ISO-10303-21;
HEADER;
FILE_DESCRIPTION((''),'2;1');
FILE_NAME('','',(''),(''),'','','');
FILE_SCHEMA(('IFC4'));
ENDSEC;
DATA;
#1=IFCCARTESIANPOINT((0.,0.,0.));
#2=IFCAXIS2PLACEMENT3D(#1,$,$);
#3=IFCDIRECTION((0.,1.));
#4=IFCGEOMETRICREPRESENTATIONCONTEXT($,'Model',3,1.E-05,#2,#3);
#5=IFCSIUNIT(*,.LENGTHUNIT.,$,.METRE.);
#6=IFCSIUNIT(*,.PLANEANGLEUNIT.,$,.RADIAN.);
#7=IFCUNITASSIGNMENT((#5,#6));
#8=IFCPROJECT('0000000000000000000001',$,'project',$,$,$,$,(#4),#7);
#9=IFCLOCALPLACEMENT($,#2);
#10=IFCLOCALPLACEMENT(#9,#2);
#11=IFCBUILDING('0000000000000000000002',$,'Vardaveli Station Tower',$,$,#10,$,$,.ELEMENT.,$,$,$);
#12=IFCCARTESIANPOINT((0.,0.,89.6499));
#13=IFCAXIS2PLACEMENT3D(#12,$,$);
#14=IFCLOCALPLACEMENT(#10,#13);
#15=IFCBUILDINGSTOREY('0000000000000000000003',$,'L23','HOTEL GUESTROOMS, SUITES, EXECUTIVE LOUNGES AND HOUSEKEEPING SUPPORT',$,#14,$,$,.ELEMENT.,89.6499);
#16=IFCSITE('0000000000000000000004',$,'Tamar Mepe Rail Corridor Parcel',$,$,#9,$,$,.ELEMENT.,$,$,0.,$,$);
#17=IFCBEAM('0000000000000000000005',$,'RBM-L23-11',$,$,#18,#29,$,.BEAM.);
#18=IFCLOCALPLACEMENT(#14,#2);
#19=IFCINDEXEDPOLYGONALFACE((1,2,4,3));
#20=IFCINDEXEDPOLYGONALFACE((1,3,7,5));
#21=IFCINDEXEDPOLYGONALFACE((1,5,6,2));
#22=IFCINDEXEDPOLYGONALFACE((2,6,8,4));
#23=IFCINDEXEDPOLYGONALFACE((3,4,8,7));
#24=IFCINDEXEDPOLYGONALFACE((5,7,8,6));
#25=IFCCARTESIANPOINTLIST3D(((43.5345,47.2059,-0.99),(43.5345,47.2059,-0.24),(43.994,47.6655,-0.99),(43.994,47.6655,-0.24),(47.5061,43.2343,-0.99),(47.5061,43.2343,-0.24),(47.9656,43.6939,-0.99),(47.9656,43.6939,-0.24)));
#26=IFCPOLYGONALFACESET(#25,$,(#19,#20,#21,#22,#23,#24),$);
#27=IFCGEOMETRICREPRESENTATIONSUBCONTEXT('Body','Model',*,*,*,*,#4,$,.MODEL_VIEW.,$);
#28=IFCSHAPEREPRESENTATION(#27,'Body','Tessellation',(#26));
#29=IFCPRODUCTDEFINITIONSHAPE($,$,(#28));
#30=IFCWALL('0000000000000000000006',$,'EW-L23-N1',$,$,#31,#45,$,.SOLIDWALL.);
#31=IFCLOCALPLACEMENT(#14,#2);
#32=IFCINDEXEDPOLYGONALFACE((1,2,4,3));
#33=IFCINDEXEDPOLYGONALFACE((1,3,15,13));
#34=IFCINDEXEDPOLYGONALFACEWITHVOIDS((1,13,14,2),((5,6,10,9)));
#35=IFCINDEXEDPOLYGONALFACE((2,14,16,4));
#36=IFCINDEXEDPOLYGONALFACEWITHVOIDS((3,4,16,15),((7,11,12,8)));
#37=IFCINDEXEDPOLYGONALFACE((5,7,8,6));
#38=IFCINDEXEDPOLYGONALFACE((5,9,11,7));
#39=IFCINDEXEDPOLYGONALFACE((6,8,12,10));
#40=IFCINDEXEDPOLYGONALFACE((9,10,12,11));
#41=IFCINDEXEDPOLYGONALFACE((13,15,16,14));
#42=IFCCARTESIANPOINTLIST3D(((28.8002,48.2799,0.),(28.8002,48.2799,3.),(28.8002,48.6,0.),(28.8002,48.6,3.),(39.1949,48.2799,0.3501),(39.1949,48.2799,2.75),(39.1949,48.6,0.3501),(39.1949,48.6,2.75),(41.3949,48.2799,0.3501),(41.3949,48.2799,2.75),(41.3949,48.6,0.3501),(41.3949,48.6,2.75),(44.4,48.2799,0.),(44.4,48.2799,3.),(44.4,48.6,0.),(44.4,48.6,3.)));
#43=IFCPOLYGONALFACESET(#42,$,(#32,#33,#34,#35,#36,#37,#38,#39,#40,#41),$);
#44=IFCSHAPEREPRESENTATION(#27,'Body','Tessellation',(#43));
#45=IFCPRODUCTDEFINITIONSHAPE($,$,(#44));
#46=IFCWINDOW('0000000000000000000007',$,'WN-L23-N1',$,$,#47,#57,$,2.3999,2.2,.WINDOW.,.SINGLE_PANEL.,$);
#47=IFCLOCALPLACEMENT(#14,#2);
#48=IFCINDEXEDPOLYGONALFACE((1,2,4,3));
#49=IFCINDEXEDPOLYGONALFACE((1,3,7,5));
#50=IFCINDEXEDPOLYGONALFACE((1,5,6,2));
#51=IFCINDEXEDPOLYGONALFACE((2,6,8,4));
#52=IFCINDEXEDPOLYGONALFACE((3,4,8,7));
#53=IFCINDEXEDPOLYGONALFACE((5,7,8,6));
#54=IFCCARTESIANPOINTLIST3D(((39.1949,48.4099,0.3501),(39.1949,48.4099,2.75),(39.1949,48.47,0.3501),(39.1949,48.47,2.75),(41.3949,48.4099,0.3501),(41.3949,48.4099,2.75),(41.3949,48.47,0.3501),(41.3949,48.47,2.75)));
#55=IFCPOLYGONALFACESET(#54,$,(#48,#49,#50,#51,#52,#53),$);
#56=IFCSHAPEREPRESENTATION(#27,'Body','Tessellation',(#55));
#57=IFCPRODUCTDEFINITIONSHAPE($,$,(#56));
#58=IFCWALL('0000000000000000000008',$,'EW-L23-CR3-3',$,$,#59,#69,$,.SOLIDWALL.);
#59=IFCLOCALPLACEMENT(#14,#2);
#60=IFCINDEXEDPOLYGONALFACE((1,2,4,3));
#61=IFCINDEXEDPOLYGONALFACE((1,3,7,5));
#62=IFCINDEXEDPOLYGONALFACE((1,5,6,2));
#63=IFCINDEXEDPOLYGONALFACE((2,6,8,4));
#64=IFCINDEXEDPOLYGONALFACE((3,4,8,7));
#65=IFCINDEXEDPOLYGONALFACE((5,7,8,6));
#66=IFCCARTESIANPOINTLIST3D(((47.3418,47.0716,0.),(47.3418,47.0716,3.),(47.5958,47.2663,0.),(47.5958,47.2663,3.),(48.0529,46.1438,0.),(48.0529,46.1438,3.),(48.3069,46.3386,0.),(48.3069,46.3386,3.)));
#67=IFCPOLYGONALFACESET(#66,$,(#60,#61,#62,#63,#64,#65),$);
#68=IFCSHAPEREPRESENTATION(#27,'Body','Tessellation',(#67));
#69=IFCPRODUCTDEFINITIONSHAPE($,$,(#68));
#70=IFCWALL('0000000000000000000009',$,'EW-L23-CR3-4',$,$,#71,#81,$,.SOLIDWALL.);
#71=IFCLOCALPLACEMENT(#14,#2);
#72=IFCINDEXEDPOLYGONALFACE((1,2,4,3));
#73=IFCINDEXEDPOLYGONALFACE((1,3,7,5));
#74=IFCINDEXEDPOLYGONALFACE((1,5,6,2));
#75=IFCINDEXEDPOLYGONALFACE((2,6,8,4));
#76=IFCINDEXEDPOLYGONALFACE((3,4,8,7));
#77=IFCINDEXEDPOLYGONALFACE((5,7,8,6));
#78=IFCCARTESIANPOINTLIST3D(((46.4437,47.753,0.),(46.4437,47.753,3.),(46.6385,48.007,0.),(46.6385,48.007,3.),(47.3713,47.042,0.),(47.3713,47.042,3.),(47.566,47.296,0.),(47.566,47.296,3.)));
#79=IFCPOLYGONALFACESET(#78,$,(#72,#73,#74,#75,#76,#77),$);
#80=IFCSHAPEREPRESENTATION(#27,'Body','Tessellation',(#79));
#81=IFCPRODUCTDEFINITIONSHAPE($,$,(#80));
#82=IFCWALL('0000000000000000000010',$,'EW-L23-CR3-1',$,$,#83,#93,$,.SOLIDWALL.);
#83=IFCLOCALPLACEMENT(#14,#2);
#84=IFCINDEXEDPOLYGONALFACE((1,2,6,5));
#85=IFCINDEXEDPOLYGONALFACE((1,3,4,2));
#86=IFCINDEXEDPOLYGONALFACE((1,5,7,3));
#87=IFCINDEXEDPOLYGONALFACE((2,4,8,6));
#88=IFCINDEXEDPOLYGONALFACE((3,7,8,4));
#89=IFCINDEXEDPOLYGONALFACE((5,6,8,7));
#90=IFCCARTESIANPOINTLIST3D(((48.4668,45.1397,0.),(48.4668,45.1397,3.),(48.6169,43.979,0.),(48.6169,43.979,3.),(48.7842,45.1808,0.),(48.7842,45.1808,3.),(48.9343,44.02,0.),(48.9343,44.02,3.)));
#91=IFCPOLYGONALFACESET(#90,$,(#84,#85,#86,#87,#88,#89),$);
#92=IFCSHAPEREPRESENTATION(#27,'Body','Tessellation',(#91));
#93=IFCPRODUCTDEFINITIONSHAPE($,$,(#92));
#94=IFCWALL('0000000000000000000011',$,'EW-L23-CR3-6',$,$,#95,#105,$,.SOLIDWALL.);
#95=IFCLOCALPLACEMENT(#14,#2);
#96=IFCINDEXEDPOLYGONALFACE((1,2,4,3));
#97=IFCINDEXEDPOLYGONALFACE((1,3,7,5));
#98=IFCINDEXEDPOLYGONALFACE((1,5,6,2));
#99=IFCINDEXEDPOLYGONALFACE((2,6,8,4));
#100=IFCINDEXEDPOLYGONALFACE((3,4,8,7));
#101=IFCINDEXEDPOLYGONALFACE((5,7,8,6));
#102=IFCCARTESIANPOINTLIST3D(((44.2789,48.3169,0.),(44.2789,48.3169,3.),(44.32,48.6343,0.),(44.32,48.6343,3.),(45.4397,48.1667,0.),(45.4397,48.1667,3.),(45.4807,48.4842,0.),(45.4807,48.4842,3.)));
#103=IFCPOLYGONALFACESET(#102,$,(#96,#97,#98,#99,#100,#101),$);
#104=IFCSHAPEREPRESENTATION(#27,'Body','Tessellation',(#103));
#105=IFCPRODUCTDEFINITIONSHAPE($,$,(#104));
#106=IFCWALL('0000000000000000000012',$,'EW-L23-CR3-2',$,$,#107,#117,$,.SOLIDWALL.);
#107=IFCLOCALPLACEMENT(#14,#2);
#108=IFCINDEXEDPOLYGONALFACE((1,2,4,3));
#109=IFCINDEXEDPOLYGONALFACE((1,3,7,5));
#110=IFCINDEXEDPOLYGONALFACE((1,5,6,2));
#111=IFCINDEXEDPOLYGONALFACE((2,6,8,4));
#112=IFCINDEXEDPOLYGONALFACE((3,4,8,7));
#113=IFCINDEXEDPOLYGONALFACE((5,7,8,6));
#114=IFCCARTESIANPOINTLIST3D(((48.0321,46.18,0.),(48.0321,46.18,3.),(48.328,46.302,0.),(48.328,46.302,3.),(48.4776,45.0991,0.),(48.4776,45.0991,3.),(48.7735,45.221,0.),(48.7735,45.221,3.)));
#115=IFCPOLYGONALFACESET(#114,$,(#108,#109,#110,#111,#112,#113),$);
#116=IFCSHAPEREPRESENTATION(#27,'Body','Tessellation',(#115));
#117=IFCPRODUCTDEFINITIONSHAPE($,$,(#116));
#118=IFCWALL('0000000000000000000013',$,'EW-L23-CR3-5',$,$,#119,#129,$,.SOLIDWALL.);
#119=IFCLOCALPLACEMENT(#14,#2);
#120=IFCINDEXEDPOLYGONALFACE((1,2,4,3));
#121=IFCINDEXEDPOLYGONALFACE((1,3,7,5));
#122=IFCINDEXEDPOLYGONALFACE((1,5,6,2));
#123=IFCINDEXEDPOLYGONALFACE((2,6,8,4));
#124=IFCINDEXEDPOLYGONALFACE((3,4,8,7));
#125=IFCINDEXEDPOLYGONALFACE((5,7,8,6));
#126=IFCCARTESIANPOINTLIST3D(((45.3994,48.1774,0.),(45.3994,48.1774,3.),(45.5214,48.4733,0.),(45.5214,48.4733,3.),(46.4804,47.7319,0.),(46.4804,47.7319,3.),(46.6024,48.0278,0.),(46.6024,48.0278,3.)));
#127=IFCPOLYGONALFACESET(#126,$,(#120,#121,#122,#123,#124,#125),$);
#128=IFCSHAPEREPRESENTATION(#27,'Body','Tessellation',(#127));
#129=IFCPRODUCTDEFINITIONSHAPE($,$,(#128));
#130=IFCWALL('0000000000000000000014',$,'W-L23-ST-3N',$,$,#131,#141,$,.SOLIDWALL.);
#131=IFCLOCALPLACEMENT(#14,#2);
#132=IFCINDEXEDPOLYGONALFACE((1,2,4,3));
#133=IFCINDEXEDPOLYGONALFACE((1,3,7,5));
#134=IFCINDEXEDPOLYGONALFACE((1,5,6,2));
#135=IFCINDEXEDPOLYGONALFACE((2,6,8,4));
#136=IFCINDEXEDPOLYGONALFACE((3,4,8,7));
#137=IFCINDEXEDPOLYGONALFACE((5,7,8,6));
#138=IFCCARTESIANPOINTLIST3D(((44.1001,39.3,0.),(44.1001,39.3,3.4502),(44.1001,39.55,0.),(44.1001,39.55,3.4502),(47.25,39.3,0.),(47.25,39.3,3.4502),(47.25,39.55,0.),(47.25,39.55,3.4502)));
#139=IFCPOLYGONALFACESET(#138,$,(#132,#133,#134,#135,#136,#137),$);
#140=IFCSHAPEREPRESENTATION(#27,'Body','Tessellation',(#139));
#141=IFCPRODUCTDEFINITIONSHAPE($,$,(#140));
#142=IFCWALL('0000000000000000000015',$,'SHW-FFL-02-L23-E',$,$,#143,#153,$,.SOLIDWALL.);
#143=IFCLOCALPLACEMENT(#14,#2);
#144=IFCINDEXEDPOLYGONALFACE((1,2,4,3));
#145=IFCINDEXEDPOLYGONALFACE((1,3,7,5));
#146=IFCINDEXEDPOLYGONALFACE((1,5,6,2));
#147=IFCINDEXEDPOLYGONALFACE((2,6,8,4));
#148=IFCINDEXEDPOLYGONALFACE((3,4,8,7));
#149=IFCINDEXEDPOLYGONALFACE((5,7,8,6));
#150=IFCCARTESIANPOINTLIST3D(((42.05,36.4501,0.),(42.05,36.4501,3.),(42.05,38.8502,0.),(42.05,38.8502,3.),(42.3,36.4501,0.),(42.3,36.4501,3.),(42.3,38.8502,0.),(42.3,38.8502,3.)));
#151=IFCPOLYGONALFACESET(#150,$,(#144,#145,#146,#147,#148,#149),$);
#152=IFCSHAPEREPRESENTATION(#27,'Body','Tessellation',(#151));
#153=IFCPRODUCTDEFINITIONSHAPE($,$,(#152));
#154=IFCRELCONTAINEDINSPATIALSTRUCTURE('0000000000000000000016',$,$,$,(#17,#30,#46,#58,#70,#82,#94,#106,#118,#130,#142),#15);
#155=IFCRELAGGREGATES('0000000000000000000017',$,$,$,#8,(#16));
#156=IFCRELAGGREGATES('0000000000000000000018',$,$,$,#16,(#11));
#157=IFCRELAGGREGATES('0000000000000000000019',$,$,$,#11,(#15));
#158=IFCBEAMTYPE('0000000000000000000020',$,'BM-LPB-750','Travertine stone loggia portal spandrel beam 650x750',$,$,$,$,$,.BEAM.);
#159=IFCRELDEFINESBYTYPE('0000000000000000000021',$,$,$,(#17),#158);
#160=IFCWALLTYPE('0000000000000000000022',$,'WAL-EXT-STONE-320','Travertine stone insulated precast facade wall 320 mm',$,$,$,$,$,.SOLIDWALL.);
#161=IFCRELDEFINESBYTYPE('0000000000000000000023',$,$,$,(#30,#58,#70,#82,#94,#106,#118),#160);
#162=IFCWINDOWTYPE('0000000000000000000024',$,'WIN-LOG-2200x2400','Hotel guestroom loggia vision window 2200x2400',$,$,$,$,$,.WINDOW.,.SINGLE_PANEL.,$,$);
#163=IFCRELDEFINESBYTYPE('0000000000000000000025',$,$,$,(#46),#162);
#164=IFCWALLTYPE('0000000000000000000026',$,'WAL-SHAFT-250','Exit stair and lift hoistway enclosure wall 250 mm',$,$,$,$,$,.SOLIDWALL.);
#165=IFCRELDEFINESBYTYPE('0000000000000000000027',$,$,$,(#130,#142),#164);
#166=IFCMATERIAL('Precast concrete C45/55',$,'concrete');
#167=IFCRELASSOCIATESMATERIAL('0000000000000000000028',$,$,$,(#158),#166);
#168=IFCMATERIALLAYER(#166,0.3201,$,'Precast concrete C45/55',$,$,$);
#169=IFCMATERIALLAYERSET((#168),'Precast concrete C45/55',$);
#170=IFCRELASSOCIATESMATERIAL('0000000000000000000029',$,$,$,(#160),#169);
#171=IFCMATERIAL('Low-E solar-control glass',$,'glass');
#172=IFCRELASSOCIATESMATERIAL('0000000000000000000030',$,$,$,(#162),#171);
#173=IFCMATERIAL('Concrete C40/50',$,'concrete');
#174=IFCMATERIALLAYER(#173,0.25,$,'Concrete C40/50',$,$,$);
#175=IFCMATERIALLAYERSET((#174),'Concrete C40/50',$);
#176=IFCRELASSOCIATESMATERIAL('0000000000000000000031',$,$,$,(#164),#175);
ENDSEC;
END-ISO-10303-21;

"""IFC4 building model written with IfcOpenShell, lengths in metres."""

from ifc_helpers import new_model, si_unit, direction, frame, frame_2d, origin, origin_2d, place, context, subcontext, project, spatial, rectangle, extrude, source, transform, mapped, material, layer, layer_set, material_profile, profile_set, type_object, element, fill, save


model = new_model("IFC4")

# Units and contexts
model_context = context("Model", 3, precision=1e-05, world=origin(), true_north=direction((0.0, 1.0)))
body_context = subcontext(model_context, "Body", "Model", "MODEL_VIEW")
ifc_project = project(units=[si_unit("LENGTHUNIT", "METRE"), si_unit("PLANEANGLEUNIT", "RADIAN")], contexts=[model_context])

# Site, building, storey
site_placement = place(None, origin())
site = spatial("IfcSite", under=ifc_project, at=site_placement, Name="Tamar Mepe Rail Corridor Parcel", CompositionType="ELEMENT", RefElevation=0.0)
building_placement = place(site_placement, origin())
building = spatial("IfcBuilding", under=site, at=building_placement, Name="Vardaveli Station Tower", CompositionType="ELEMENT")
storey_placement = place(building_placement, frame((0.0, 0.0, 89.6499)))
storey = spatial("IfcBuildingStorey", under=building, at=storey_placement, Name="L23", Description="HOTEL GUESTROOMS, SUITES, EXECUTIVE LOUNGES AND HOUSEKEEPING SUPPORT", CompositionType="ELEMENT", Elevation=89.6499)

# Beam
ifc_material_1 = material(Name="Precast concrete C45/55", Category="concrete")
ifc_material_profile_1 = material_profile(ifc_material_1, rectangle(XDim=0.6499, YDim=0.75, at=origin_2d()), Name="LPB 650x750")
ifc_profile_set_1 = profile_set([ifc_material_profile_1], Name="Precast concrete C45/55")
beam_type = type_object("IfcBeamType", Name="BM-LPB-750", Description="Travertine stone loggia portal spandrel beam 650x750", PredefinedType="BEAM", material=ifc_profile_set_1)
shared_shape_1 = source(origin(), body_context, "Body", "SweptSolid", [
    extrude(rectangle(XDim=0.6499, YDim=0.75, at=origin_2d()), origin(), (0.0, 0.0, 1.0), 5.6167),
])
beam_placement = place(storey_placement, frame((47.7358, 43.4641, -0.615), z_axis=(-0.707107, 0.707107, 0.0), x_axis=(-0.707107, -0.707107, 0.0)))
element("IfcBeam", 1, at=beam_placement, inside=storey, type_object=beam_type, Name="RBM-L23-11", PredefinedType="BEAM", context=body_context, shape_type="MappedRepresentation", body=[
    mapped(shared_shape_1, transform((0.0, 0.0, 0.0), scale=1.0)),
])

# Wall, opening, window
ifc_layer_1 = layer(ifc_material_1, 0.3201, Name="Precast concrete C45/55")
ifc_layer_set_1 = layer_set([ifc_layer_1], Name="Precast concrete C45/55")
wall_type_1 = type_object("IfcWallType", Name="WAL-EXT-STONE-320", Description="Travertine stone insulated precast facade wall 320 mm", PredefinedType="SOLIDWALL", material=ifc_layer_set_1)
shared_shape_2 = source(origin(), body_context, "Body", "SweptSolid", [
    extrude(rectangle(XDim=15.5999, YDim=0.3201, at=frame_2d((7.7998, 0.0))), origin(), (0.0, 0.0, 1.0), 3.0),
])
wall_1_placement = place(storey_placement, frame((44.3999, 48.4399, 0.0), z_axis=(0.0, 0.0, 1.0), x_axis=(-1.0, 0.0, 0.0)))
wall_1 = element("IfcWall", 2, at=wall_1_placement, inside=storey, type_object=wall_type_1, Name="EW-L23-N1", PredefinedType="SOLIDWALL", context=body_context, shape_type="MappedRepresentation", body=[
    mapped(shared_shape_2, transform((0.0, 0.0, 0.0), scale=1.0)),
])
shared_shape_3 = source(origin(), body_context, "Body", "SweptSolid", [
    extrude(rectangle(XDim=2.2, YDim=2.3999, at=frame_2d((1.1001, 1.2))), frame((0.0, 0.1699, 0.0), z_axis=(0.0, -1.0, 0.0), x_axis=(1.0, 0.0, 0.0)), (0.0, 0.0, 1.0), 0.3401),
])
opening_placement = place(wall_1_placement, frame((3.0049, 0.0, 0.3501)))
opening = element("IfcOpeningElement", 3, at=opening_placement, cuts=wall_1, PredefinedType="OPENING", context=body_context, shape_type="MappedRepresentation", body=[
    mapped(shared_shape_3, transform((0.0, 0.0, 0.0), scale=1.0)),
])
ifc_material_2 = material(Name="Low-E solar-control glass", Category="glass")
window_type = type_object("IfcWindowType", Name="WIN-LOG-2200x2400", Description="Hotel guestroom loggia vision window 2200x2400", PartitioningType="SINGLE_PANEL", PredefinedType="WINDOW", material=ifc_material_2)
shared_shape_4 = source(origin(), body_context, "Body", "SweptSolid", [
    extrude(rectangle(XDim=2.2, YDim=2.3999, at=frame_2d((1.1001, 1.2))), frame((0.0, 0.03, 0.0), z_axis=(0.0, -1.0, 0.0), x_axis=(1.0, 0.0, 0.0)), (0.0, 0.0, 1.0), 0.0601),
])
window_placement = place(opening_placement, origin())
window = element("IfcWindow", 4, at=window_placement, inside=storey, type_object=window_type, Name="WN-L23-N1", OverallHeight=2.3999, OverallWidth=2.2, PartitioningType="SINGLE_PANEL", PredefinedType="WINDOW", context=body_context, shape_type="MappedRepresentation", body=[
    mapped(shared_shape_4, transform((0.0, 0.0, 0.0), scale=1.0)),
])
fill(opening, window)

# Walls
shared_shape_5 = source(origin(), body_context, "Body", "SweptSolid", [
    extrude(rectangle(XDim=1.1689, YDim=0.3201, at=frame_2d((0.5845, 0.0))), origin(), (0.0, 0.0, 1.0), 3.0),
])
wall_2_placement = place(storey_placement, frame((48.1799, 46.2412, 0.0), z_axis=(0.0, 0.0, 1.0), x_axis=(-0.608388, 0.79364, 0.0)))
element("IfcWall", 5, at=wall_2_placement, inside=storey, type_object=wall_type_1, Name="EW-L23-CR3-3", PredefinedType="SOLIDWALL", context=body_context, shape_type="MappedRepresentation", body=[
    mapped(shared_shape_5, transform((0.0, 0.0, 0.0), scale=1.0)),
])
shared_shape_6 = source(origin(), body_context, "Body", "SweptSolid", [
    extrude(rectangle(XDim=1.1687, YDim=0.3201, at=frame_2d((0.5845, 0.0))), origin(), (0.0, 0.0, 1.0), 3.0),
])
wall_3_placement = place(storey_placement, frame((47.4688, 47.1689, 0.0), z_axis=(0.0, 0.0, 1.0), x_axis=(-0.793664, 0.608357, 0.0)))
element("IfcWall", 6, at=wall_3_placement, inside=storey, type_object=wall_type_1, Name="EW-L23-CR3-4", PredefinedType="SOLIDWALL", context=body_context, shape_type="MappedRepresentation", body=[
    mapped(shared_shape_6, transform((0.0, 0.0, 0.0), scale=1.0)),
])
shared_shape_7 = source(origin(), body_context, "Body", "SweptSolid", [
    extrude(rectangle(XDim=1.1704, YDim=0.3201, at=frame_2d((0.5852, 0.0))), origin(), (0.0, 0.0, 1.0), 3.0),
])
for number, where, z_axis, x_axis, name in (
    (7, (48.7756, 43.9995, 0.0), (0.0, 0.0, 1.0), (-0.128296, 0.991736, 0.0), "EW-L23-CR3-1"),
    (8, (45.4602, 48.3254, 0.0), (0.0, 0.0, 1.0), (-0.991736, 0.128296, 0.0), "EW-L23-CR3-6"),
):
    element("IfcWall", number, at=place(storey_placement, frame(where, z_axis=z_axis, x_axis=x_axis)), inside=storey, type_object=wall_type_1, Name=name, PredefinedType="SOLIDWALL", context=body_context, shape_type="MappedRepresentation", body=[
        mapped(shared_shape_7, transform((0.0, 0.0, 0.0), scale=1.0)),
    ])
shared_shape_8 = source(origin(), body_context, "Body", "SweptSolid", [
    extrude(rectangle(XDim=1.1692, YDim=0.3201, at=frame_2d((0.5845, 0.0))), origin(), (0.0, 0.0, 1.0), 3.0),
])
for number, where, z_axis, x_axis, name in (
    (9, (48.6255, 45.1602, 0.0), (0.0, 0.0, 1.0), (-0.381054, 0.924553, 0.0), "EW-L23-CR3-2"),
    (10, (46.5413, 47.8799, 0.0), (0.0, 0.0, 1.0), (-0.924553, 0.381054, 0.0), "EW-L23-CR3-5"),
):
    element("IfcWall", number, at=place(storey_placement, frame(where, z_axis=z_axis, x_axis=x_axis)), inside=storey, type_object=wall_type_1, Name=name, PredefinedType="SOLIDWALL", context=body_context, shape_type="MappedRepresentation", body=[
        mapped(shared_shape_8, transform((0.0, 0.0, 0.0), scale=1.0)),
    ])
ifc_material_3 = material(Name="Concrete C40/50", Category="concrete")
ifc_layer_2 = layer(ifc_material_3, 0.25, Name="Concrete C40/50")
ifc_layer_set_2 = layer_set([ifc_layer_2], Name="Concrete C40/50")
wall_type_2 = type_object("IfcWallType", Name="WAL-SHAFT-250", Description="Exit stair and lift hoistway enclosure wall 250 mm", PredefinedType="SOLIDWALL", material=ifc_layer_set_2)
shared_shape_9 = source(origin(), body_context, "Body", "SweptSolid", [
    extrude(rectangle(XDim=3.1499, YDim=0.25, at=frame_2d((1.575, 0.0))), origin(), (0.0, 0.0, 1.0), 3.4502),
])
wall_4_placement = place(storey_placement, frame((44.1001, 39.425, 0.0), z_axis=(0.0, 0.0, 1.0), x_axis=(1.0, 0.0, 0.0)))
element("IfcWall", 11, at=wall_4_placement, inside=storey, type_object=wall_type_2, Name="W-L23-ST-3N", PredefinedType="SOLIDWALL", context=body_context, shape_type="MappedRepresentation", body=[
    mapped(shared_shape_9, transform((0.0, 0.0, 0.0), scale=1.0)),
])
shared_shape_10 = source(origin(), body_context, "Body", "SweptSolid", [
    extrude(rectangle(XDim=2.4001, YDim=0.25, at=frame_2d((1.2002, 0.0))), origin(), (0.0, 0.0, 1.0), 3.0),
])
wall_5_placement = place(storey_placement, frame((42.175, 36.45, 0.0), z_axis=(0.0, 0.0, 1.0), x_axis=(0.0, 1.0, 0.0)))
element("IfcWall", 12, at=wall_5_placement, inside=storey, type_object=wall_type_2, Name="SHW-FFL-02-L23-E", PredefinedType="SOLIDWALL", context=body_context, shape_type="MappedRepresentation", body=[
    mapped(shared_shape_10, transform((0.0, 0.0, 0.0), scale=1.0)),
])

save(model, "model.ifc")
